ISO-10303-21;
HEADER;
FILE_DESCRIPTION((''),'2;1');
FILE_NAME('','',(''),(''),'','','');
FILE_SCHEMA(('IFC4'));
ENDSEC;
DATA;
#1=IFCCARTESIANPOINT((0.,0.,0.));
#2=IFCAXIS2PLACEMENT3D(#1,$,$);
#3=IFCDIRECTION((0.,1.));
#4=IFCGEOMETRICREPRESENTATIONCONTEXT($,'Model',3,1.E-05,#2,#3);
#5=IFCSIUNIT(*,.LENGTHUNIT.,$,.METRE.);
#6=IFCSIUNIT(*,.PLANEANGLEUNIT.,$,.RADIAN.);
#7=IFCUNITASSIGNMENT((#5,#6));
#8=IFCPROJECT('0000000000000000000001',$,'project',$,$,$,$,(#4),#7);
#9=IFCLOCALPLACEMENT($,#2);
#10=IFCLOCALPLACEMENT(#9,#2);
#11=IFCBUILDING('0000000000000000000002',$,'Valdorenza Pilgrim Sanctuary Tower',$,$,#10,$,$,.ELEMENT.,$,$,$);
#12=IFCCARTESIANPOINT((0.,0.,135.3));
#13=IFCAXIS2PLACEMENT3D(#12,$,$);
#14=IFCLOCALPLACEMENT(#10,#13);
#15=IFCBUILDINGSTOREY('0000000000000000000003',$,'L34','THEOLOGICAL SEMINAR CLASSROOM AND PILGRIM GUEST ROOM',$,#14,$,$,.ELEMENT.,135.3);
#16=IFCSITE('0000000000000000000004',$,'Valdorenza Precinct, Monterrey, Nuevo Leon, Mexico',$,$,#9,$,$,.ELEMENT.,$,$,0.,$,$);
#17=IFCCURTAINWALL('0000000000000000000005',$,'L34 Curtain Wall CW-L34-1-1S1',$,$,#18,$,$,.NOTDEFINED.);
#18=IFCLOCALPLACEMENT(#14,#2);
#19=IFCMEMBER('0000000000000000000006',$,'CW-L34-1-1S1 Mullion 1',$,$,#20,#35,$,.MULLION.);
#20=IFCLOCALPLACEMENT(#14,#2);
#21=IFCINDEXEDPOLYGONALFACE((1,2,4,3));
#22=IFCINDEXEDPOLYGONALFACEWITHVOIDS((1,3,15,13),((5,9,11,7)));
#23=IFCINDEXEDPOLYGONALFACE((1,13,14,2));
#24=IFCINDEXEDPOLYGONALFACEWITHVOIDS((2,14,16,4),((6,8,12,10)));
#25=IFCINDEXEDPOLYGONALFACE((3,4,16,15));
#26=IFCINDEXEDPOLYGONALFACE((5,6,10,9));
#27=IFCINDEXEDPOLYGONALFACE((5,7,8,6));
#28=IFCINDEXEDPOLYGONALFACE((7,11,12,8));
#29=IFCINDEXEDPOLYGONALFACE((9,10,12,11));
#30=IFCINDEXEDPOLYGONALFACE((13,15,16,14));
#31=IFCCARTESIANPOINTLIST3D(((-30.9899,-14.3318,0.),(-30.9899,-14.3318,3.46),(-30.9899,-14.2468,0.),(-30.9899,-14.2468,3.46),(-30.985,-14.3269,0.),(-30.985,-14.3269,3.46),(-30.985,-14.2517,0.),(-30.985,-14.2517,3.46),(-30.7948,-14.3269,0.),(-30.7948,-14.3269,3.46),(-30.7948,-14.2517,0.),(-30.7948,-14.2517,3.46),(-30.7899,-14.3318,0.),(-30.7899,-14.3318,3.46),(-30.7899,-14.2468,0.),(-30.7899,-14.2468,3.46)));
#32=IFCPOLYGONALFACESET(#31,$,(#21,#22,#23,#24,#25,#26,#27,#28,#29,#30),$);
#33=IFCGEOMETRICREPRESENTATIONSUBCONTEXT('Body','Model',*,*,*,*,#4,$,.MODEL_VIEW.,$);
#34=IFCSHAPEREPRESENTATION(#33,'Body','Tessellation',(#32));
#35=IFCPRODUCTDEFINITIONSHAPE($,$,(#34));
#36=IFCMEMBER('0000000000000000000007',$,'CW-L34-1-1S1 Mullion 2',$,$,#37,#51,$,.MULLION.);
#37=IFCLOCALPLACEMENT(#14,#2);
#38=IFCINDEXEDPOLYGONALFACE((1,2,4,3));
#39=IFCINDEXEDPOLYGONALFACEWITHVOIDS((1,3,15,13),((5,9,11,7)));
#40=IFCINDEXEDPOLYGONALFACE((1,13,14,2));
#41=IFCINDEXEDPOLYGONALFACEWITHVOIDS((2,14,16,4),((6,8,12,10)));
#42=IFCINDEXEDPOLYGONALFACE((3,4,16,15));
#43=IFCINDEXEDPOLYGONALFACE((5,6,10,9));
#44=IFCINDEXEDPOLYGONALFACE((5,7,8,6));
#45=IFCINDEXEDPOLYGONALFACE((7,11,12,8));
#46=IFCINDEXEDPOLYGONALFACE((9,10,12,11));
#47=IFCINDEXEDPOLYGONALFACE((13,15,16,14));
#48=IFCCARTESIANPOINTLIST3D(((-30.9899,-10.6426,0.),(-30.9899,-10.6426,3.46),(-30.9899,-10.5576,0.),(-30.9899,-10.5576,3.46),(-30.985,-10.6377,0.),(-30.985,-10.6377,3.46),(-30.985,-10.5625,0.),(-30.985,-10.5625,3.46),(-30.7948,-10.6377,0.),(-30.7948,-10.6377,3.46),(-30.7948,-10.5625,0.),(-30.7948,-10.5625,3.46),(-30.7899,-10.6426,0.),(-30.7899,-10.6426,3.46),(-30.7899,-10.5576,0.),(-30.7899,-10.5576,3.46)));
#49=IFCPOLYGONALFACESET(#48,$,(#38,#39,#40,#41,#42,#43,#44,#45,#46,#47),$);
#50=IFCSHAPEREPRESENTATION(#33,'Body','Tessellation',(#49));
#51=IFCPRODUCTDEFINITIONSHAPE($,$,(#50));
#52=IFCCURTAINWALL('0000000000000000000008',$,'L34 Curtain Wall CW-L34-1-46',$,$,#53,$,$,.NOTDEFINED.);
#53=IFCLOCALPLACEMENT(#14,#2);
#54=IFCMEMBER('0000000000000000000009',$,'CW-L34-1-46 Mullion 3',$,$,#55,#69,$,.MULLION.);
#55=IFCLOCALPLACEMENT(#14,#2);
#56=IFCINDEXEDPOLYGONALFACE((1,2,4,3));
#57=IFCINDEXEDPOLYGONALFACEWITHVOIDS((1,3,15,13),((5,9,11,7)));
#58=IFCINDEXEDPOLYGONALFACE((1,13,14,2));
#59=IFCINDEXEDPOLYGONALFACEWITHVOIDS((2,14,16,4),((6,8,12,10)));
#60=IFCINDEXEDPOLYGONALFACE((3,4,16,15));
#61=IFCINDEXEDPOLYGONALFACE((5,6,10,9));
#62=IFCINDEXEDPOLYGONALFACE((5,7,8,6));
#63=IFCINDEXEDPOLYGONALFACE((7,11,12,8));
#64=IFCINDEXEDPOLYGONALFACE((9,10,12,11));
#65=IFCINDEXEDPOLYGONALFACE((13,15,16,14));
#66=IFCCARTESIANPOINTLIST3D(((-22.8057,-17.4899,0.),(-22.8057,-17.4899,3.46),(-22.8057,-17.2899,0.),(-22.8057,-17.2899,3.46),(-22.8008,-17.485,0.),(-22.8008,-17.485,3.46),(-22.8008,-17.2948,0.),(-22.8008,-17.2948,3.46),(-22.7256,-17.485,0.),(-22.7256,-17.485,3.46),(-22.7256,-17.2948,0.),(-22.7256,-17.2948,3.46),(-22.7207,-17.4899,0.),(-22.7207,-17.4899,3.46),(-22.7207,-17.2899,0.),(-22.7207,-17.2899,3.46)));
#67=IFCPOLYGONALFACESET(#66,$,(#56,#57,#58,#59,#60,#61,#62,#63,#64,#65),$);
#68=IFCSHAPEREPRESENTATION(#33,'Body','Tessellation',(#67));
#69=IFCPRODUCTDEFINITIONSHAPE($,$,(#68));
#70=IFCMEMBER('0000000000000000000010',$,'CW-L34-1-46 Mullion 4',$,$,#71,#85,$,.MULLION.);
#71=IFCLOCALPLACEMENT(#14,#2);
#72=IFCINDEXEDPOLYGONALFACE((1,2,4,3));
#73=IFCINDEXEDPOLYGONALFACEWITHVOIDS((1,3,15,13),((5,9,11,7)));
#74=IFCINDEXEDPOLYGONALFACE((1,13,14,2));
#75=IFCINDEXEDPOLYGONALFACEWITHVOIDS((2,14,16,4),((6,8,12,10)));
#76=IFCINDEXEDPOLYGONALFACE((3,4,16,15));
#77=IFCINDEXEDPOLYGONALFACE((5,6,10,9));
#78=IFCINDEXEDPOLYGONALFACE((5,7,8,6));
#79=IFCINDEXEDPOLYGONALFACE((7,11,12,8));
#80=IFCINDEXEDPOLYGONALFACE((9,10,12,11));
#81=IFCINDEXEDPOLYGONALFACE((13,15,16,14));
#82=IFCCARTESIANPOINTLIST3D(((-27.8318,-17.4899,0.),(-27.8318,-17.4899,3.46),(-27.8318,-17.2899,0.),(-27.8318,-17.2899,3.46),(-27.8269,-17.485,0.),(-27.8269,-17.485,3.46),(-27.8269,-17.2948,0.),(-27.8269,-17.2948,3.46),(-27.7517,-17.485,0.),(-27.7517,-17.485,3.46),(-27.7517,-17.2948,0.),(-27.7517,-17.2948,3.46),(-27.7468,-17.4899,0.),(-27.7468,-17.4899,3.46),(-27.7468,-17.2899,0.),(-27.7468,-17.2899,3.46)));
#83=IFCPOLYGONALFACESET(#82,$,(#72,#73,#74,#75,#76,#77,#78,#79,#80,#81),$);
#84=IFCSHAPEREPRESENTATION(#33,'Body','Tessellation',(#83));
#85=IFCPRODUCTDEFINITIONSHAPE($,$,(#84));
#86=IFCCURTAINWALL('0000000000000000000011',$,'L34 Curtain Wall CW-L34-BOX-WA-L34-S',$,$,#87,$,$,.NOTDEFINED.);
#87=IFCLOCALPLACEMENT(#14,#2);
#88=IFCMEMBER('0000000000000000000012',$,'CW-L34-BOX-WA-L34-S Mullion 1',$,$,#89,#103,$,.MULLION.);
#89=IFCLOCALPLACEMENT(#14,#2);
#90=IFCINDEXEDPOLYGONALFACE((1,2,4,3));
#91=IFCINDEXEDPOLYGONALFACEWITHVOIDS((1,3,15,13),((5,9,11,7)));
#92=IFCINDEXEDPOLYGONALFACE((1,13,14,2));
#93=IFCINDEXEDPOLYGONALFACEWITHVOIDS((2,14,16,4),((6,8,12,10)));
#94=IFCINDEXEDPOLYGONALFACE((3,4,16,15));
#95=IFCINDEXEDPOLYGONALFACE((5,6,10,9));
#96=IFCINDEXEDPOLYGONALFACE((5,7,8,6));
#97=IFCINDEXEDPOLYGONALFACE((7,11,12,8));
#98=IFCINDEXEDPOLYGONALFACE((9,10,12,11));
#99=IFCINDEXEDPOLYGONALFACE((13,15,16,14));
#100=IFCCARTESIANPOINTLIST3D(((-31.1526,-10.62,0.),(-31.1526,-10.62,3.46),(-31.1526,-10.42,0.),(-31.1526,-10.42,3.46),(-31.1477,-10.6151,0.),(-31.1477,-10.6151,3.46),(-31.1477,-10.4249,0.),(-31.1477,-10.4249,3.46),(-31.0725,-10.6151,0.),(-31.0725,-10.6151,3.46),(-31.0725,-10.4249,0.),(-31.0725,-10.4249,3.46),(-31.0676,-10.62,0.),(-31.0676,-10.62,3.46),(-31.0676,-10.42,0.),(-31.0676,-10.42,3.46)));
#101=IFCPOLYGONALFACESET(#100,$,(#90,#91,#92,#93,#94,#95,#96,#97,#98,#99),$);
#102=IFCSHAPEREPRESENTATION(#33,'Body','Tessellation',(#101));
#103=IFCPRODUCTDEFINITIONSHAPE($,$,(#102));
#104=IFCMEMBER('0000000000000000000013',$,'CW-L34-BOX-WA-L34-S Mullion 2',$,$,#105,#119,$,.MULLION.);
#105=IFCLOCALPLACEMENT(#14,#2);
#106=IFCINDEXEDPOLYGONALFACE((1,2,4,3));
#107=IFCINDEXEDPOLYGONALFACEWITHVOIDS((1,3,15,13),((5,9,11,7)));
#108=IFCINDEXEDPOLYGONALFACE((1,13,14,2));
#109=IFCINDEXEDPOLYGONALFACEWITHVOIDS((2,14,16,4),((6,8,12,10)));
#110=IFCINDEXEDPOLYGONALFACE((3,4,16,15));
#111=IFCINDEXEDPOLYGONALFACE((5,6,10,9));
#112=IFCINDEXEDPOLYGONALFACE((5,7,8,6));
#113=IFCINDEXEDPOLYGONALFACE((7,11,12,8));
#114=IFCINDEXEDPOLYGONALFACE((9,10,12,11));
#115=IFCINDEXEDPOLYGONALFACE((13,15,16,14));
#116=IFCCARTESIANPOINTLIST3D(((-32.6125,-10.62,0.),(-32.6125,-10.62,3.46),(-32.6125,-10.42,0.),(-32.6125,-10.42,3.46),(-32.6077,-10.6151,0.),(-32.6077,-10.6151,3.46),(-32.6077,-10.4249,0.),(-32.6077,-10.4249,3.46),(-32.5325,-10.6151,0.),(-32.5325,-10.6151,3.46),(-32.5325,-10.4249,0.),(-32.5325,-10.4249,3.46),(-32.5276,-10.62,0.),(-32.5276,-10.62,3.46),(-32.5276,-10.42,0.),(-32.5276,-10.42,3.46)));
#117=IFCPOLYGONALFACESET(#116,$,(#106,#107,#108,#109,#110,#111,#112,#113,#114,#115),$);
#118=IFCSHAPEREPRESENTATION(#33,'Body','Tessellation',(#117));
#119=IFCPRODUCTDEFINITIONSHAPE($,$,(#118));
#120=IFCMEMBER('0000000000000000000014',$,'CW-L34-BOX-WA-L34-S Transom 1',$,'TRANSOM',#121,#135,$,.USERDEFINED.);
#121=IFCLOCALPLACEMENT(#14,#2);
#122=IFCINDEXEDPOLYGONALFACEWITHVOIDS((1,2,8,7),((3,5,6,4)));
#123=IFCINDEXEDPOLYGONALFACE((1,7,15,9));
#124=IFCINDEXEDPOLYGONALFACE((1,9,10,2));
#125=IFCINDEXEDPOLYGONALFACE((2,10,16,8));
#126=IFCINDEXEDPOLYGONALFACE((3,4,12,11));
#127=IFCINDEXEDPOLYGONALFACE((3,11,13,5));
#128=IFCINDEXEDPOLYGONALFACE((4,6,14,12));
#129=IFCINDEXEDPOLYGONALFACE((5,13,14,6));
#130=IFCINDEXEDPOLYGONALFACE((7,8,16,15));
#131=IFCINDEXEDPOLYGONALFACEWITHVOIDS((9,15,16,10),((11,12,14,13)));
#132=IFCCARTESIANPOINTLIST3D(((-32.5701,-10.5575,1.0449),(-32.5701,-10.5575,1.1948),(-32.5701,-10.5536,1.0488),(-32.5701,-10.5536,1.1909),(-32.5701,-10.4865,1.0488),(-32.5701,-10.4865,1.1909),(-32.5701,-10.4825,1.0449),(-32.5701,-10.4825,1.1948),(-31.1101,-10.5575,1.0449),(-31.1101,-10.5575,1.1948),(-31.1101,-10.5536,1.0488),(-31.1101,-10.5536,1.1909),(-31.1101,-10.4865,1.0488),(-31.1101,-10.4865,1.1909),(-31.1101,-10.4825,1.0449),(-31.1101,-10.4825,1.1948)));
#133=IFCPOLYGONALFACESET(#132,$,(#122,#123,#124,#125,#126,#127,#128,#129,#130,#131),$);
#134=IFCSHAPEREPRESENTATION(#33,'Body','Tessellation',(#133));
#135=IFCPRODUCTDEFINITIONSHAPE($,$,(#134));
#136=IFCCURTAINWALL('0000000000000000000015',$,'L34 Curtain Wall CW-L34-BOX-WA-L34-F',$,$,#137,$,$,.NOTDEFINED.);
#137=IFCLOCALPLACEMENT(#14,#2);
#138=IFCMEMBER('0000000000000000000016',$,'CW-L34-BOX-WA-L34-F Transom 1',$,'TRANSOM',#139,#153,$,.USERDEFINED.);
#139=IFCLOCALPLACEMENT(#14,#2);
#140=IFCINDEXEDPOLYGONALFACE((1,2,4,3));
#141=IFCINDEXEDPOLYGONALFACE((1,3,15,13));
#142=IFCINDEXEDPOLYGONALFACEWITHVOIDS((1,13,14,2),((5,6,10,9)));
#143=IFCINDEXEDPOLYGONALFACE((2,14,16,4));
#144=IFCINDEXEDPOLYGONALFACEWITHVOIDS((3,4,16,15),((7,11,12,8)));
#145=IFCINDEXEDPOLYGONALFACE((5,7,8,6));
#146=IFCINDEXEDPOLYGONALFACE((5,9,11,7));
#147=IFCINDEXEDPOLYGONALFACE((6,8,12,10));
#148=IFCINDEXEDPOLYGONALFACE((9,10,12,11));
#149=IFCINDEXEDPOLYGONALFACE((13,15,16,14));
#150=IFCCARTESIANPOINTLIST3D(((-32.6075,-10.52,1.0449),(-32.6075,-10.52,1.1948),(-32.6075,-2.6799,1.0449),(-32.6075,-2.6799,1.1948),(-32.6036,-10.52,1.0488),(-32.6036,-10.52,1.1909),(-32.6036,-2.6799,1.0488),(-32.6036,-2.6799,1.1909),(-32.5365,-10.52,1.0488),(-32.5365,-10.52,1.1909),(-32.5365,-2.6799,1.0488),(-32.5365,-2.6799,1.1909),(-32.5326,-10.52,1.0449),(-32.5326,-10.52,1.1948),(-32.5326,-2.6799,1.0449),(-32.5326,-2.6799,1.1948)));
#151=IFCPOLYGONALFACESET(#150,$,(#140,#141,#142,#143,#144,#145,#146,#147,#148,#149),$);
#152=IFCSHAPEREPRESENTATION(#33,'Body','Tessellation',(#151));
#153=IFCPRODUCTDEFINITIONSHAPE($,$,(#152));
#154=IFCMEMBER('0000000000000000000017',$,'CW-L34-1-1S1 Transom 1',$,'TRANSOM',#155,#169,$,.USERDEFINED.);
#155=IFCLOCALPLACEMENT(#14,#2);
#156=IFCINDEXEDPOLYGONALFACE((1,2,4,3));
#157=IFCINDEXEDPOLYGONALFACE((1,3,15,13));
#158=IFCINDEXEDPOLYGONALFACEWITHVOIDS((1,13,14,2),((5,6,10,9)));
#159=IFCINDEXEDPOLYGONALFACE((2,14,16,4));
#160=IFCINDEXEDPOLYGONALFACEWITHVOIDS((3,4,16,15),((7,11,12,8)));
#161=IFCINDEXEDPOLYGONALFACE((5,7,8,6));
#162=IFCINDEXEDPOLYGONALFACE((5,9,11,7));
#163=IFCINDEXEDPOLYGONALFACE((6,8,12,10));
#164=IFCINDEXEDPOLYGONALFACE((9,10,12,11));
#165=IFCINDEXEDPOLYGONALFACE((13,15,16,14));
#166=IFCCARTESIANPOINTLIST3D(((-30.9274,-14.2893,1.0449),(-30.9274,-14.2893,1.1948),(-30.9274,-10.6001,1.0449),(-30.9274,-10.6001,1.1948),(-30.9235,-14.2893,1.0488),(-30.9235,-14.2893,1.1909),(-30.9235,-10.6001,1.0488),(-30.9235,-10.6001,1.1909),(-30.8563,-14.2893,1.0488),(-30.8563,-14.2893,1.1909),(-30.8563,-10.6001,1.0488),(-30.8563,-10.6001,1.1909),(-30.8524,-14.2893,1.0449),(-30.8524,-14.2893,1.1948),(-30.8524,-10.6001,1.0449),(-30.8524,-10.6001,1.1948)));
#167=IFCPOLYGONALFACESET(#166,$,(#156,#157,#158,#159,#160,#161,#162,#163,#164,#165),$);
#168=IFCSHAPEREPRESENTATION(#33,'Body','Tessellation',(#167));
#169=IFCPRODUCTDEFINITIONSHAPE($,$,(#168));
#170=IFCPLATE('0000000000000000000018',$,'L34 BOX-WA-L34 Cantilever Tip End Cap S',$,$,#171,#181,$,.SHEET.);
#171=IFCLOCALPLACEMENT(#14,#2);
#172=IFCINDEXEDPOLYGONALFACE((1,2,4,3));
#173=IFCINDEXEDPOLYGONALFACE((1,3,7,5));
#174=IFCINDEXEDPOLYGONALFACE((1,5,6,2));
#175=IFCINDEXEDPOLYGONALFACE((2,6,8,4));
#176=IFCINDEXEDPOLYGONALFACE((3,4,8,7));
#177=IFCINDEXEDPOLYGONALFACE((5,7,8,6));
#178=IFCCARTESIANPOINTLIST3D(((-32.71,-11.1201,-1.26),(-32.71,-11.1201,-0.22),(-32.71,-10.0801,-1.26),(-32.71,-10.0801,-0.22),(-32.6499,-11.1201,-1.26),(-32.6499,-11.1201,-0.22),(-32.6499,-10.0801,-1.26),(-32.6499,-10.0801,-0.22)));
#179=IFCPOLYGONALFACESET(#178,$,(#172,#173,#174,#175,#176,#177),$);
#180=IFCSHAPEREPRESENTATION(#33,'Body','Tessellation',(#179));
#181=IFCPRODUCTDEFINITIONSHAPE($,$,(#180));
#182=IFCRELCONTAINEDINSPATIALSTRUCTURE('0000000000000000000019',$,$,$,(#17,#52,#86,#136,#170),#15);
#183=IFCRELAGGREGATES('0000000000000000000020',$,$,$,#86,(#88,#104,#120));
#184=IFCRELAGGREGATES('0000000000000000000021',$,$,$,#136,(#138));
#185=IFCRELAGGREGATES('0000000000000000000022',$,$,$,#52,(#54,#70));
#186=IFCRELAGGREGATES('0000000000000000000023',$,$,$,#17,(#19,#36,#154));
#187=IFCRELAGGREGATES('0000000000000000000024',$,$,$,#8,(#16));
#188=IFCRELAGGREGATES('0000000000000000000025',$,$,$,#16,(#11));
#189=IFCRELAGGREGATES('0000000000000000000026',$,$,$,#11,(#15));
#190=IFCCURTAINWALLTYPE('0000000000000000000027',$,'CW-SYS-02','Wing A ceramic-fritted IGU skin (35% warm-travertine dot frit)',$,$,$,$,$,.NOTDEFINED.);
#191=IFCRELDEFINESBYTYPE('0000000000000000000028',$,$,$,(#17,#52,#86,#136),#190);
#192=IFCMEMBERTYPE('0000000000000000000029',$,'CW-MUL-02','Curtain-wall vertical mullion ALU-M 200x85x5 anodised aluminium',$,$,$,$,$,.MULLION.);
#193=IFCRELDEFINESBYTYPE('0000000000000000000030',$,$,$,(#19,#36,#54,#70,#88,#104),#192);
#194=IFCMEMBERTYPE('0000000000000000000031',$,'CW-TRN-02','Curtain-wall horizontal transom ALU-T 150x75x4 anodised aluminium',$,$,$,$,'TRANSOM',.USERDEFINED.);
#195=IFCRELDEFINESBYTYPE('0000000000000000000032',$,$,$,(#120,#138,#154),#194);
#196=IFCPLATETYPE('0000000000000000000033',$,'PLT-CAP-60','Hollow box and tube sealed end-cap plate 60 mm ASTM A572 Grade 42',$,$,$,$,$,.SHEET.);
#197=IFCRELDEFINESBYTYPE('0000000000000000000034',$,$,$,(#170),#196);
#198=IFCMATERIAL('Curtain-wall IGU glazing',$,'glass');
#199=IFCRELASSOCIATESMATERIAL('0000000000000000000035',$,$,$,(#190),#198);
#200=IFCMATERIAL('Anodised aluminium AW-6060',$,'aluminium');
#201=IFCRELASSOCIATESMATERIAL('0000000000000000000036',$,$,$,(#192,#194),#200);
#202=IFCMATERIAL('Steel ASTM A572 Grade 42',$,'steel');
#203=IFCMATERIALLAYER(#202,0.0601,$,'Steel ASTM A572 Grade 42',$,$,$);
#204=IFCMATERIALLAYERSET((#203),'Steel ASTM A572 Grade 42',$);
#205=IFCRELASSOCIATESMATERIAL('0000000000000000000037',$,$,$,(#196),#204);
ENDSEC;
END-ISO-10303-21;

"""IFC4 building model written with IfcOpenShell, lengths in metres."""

from ifc_helpers import new_model, si_unit, direction, frame, origin, origin_2d, place, context, subcontext, project, spatial, rectangle, hollow_rectangle, extrude, source, transform, mapped, material, layer, layer_set, material_profile, profile_set, type_object, element, aggregate, save


model = new_model("IFC4")

# Units and contexts
model_context = context("Model", 3, precision=1e-05, world=origin(), true_north=direction((0.0, 1.0)))
body_context = subcontext(model_context, "Body", "Model", "MODEL_VIEW")
ifc_project = project(units=[si_unit("LENGTHUNIT", "METRE"), si_unit("PLANEANGLEUNIT", "RADIAN")], contexts=[model_context])

# Site, building, storey
site_placement = place(None, origin())
site = spatial("IfcSite", under=ifc_project, at=site_placement, Name="Valdorenza Precinct, Monterrey, Nuevo Leon, Mexico", CompositionType="ELEMENT", RefElevation=0.0)
building_placement = place(site_placement, origin())
building = spatial("IfcBuilding", under=site, at=building_placement, Name="Valdorenza Pilgrim Sanctuary Tower", CompositionType="ELEMENT")
storey_placement = place(building_placement, frame((0.0, 0.0, 135.3)))
storey = spatial("IfcBuildingStorey", under=building, at=storey_placement, Name="L34", Description="THEOLOGICAL SEMINAR CLASSROOM AND PILGRIM GUEST ROOM", CompositionType="ELEMENT", Elevation=135.3)

# Shared definitions
ifc_material_1 = material(Name="Steel ASTM A572 Grade 42", Category="steel")

# Curtain walls, members
ifc_material_2 = material(Name="Curtain-wall IGU glazing", Category="glass")
curtain_wall_type = type_object("IfcCurtainWallType", Name="CW-SYS-02", Description="Wing A ceramic-fritted IGU skin (35% warm-travertine dot frit)", PredefinedType="NOTDEFINED", material=ifc_material_2)
curtain_wall_1_placement = place(storey_placement, origin())
curtain_wall_1 = element("IfcCurtainWall", 1, at=curtain_wall_1_placement, inside=storey, type_object=curtain_wall_type, Name="L34 Curtain Wall CW-L34-1-1S1", PredefinedType="NOTDEFINED")
ifc_material_3 = material(Name="Anodised aluminium AW-6060", Category="aluminium")
ifc_material_profile_1 = material_profile(ifc_material_3, hollow_rectangle(XDim=0.085, YDim=0.2, WallThickness=0.0049, at=origin_2d()), Name="ALU-M 200x85x5")
ifc_profile_set_1 = profile_set([ifc_material_profile_1], Name="Anodised aluminium AW-6060")
member_type_1 = type_object("IfcMemberType", Name="CW-MUL-02", Description="Curtain-wall vertical mullion ALU-M 200x85x5 anodised aluminium", PredefinedType="MULLION", material=ifc_profile_set_1)
shared_shape_1 = source(origin(), body_context, "Body", "SweptSolid", [
    extrude(hollow_rectangle(XDim=0.085, YDim=0.2, WallThickness=0.0049, at=origin_2d()), origin(), (0.0, 0.0, 1.0), 3.46),
])
member_1_placement = place(storey_placement, frame((-30.8899, -14.2893, 0.0), z_axis=(0.0, 0.0, 1.0), x_axis=(0.0, 1.0, 0.0)))
member_1 = element("IfcMember", 2, at=member_1_placement, type_object=member_type_1, Name="CW-L34-1-1S1 Mullion 1", PredefinedType="MULLION", context=body_context, shape_type="MappedRepresentation", body=[
    mapped(shared_shape_1, transform((0.0, 0.0, 0.0), x_axis=(1.0, 0.0, 0.0), y_axis=(0.0, 1.0, 0.0), z_axis=(0.0, 0.0, 1.0), scale=1.0)),
])
member_2_placement = place(storey_placement, frame((-30.8899, -10.6001, 0.0), z_axis=(0.0, 0.0, 1.0), x_axis=(0.0, 1.0, 0.0)))
member_2 = element("IfcMember", 3, at=member_2_placement, type_object=member_type_1, Name="CW-L34-1-1S1 Mullion 2", PredefinedType="MULLION", context=body_context, shape_type="MappedRepresentation", body=[
    mapped(shared_shape_1, transform((0.0, 0.0, 0.0), x_axis=(1.0, 0.0, 0.0), y_axis=(0.0, 1.0, 0.0), z_axis=(0.0, 0.0, 1.0), scale=1.0)),
])
curtain_wall_2_placement = place(storey_placement, origin())
curtain_wall_2 = element("IfcCurtainWall", 4, at=curtain_wall_2_placement, inside=storey, type_object=curtain_wall_type, Name="L34 Curtain Wall CW-L34-1-46", PredefinedType="NOTDEFINED")
member_3_placement = place(storey_placement, frame((-22.7632, -17.3899, 0.0), z_axis=(0.0, 0.0, 1.0), x_axis=(-1.0, 0.0, 0.0)))
member_3 = element("IfcMember", 5, at=member_3_placement, type_object=member_type_1, Name="CW-L34-1-46 Mullion 3", PredefinedType="MULLION", context=body_context, shape_type="MappedRepresentation", body=[
    mapped(shared_shape_1, transform((0.0, 0.0, 0.0), x_axis=(1.0, 0.0, 0.0), y_axis=(0.0, 1.0, 0.0), z_axis=(0.0, 0.0, 1.0), scale=1.0)),
])
member_4_placement = place(storey_placement, frame((-27.7893, -17.3899, 0.0), z_axis=(0.0, 0.0, 1.0), x_axis=(-1.0, 0.0, 0.0)))
member_4 = element("IfcMember", 6, at=member_4_placement, type_object=member_type_1, Name="CW-L34-1-46 Mullion 4", PredefinedType="MULLION", context=body_context, shape_type="MappedRepresentation", body=[
    mapped(shared_shape_1, transform((0.0, 0.0, 0.0), x_axis=(1.0, 0.0, 0.0), y_axis=(0.0, 1.0, 0.0), z_axis=(0.0, 0.0, 1.0), scale=1.0)),
])
curtain_wall_3_placement = place(storey_placement, origin())
curtain_wall_3 = element("IfcCurtainWall", 7, at=curtain_wall_3_placement, inside=storey, type_object=curtain_wall_type, Name="L34 Curtain Wall CW-L34-BOX-WA-L34-S", PredefinedType="NOTDEFINED")
member_5_placement = place(storey_placement, frame((-31.1101, -10.52, 0.0), z_axis=(0.0, 0.0, 1.0), x_axis=(-1.0, 0.0, 0.0)))
member_5 = element("IfcMember", 8, at=member_5_placement, type_object=member_type_1, Name="CW-L34-BOX-WA-L34-S Mullion 1", PredefinedType="MULLION", context=body_context, shape_type="MappedRepresentation", body=[
    mapped(shared_shape_1, transform((0.0, 0.0, 0.0), x_axis=(1.0, 0.0, 0.0), y_axis=(0.0, 1.0, 0.0), z_axis=(0.0, 0.0, 1.0), scale=1.0)),
])
member_6_placement = place(storey_placement, frame((-32.5701, -10.52, 0.0), z_axis=(0.0, 0.0, 1.0), x_axis=(-1.0, 0.0, 0.0)))
member_6 = element("IfcMember", 9, at=member_6_placement, type_object=member_type_1, Name="CW-L34-BOX-WA-L34-S Mullion 2", PredefinedType="MULLION", context=body_context, shape_type="MappedRepresentation", body=[
    mapped(shared_shape_1, transform((0.0, 0.0, 0.0), x_axis=(1.0, 0.0, 0.0), y_axis=(0.0, 1.0, 0.0), z_axis=(0.0, 0.0, 1.0), scale=1.0)),
])
ifc_material_profile_2 = material_profile(ifc_material_3, hollow_rectangle(XDim=0.075, YDim=0.1499, WallThickness=0.0039, at=origin_2d()), Name="ALU-T 150x75x4")
ifc_profile_set_2 = profile_set([ifc_material_profile_2], Name="Anodised aluminium AW-6060")
member_type_2 = type_object("IfcMemberType", Name="CW-TRN-02", Description="Curtain-wall horizontal transom ALU-T 150x75x4 anodised aluminium", ElementType="TRANSOM", PredefinedType="USERDEFINED", material=ifc_profile_set_2)
shared_shape_2 = source(origin(), body_context, "Body", "SweptSolid", [
    extrude(hollow_rectangle(XDim=0.075, YDim=0.1499, WallThickness=0.0039, at=origin_2d()), origin(), (0.0, 0.0, 1.0), 1.46),
])
member_7_placement = place(storey_placement, frame((-31.1101, -10.52, 1.1199), z_axis=(-1.0, 0.0, 0.0), x_axis=(0.0, -1.0, 0.0)))
member_7 = element("IfcMember", 10, at=member_7_placement, type_object=member_type_2, Name="CW-L34-BOX-WA-L34-S Transom 1", ObjectType="TRANSOM", PredefinedType="USERDEFINED", context=body_context, shape_type="MappedRepresentation", body=[
    mapped(shared_shape_2, transform((0.0, 0.0, 0.0), x_axis=(1.0, 0.0, 0.0), y_axis=(0.0, 1.0, 0.0), z_axis=(0.0, 0.0, 1.0), scale=1.0)),
])

# Curtain wall, member
curtain_wall_4_placement = place(storey_placement, origin())
curtain_wall_4 = element("IfcCurtainWall", 11, at=curtain_wall_4_placement, inside=storey, type_object=curtain_wall_type, Name="L34 Curtain Wall CW-L34-BOX-WA-L34-F", PredefinedType="NOTDEFINED")
shared_shape_3 = source(origin(), body_context, "Body", "SweptSolid", [
    extrude(hollow_rectangle(XDim=0.075, YDim=0.1499, WallThickness=0.0039, at=origin_2d()), origin(), (0.0, 0.0, 1.0), 7.8401),
])
member_8_placement = place(storey_placement, frame((-32.5701, -10.52, 1.1199), z_axis=(0.0, 1.0, 0.0), x_axis=(-1.0, 0.0, 0.0)))
member_8 = element("IfcMember", 12, at=member_8_placement, type_object=member_type_2, Name="CW-L34-BOX-WA-L34-F Transom 1", ObjectType="TRANSOM", PredefinedType="USERDEFINED", context=body_context, shape_type="MappedRepresentation", body=[
    mapped(shared_shape_3, transform((0.0, 0.0, 0.0), x_axis=(1.0, 0.0, 0.0), y_axis=(0.0, 1.0, 0.0), z_axis=(0.0, 0.0, 1.0), scale=1.0)),
])

# Member
shared_shape_4 = source(origin(), body_context, "Body", "SweptSolid", [
    extrude(hollow_rectangle(XDim=0.075, YDim=0.1499, WallThickness=0.0039, at=origin_2d()), origin(), (0.0, 0.0, 1.0), 3.6892),
])
member_9_placement = place(storey_placement, frame((-30.8899, -14.2893, 1.1199), z_axis=(0.0, 1.0, 0.0), x_axis=(-1.0, 0.0, 0.0)))
member_9 = element("IfcMember", 13, at=member_9_placement, type_object=member_type_2, Name="CW-L34-1-1S1 Transom 1", ObjectType="TRANSOM", PredefinedType="USERDEFINED", context=body_context, shape_type="MappedRepresentation", body=[
    mapped(shared_shape_4, transform((0.0, 0.0, 0.0), x_axis=(1.0, 0.0, 0.0), y_axis=(0.0, 1.0, 0.0), z_axis=(0.0, 0.0, 1.0), scale=1.0)),
])

# Plate
ifc_layer_1 = layer(ifc_material_1, 0.0601, Name="Steel ASTM A572 Grade 42")
ifc_layer_set_1 = layer_set([ifc_layer_1], Name="Steel ASTM A572 Grade 42")
plate_type_1 = type_object("IfcPlateType", Name="PLT-CAP-60", Description="Hollow box and tube sealed end-cap plate 60 mm ASTM A572 Grade 42", PredefinedType="SHEET", material=ifc_layer_set_1)
shared_shape_5 = source(origin(), body_context, "Body", "SweptSolid", [
    extrude(rectangle(XDim=0.0601, YDim=1.04, at=origin_2d()), origin(), (0.0, 0.0, 1.0), 1.04),
])
plate_1_placement = place(storey_placement, frame((-32.6799, -10.6001, -1.26), z_axis=(0.0, 0.0, 1.0), x_axis=(1.0, 0.0, 0.0)))
element("IfcPlate", 14, at=plate_1_placement, inside=storey, type_object=plate_type_1, Name="L34 BOX-WA-L34 Cantilever Tip End Cap S", PredefinedType="SHEET", context=body_context, shape_type="MappedRepresentation", body=[
    mapped(shared_shape_5, transform((0.0, 0.0, 0.0), x_axis=(1.0, 0.0, 0.0), y_axis=(0.0, 1.0, 0.0), z_axis=(0.0, 0.0, 1.0), scale=1.0)),
])
aggregate(curtain_wall_3, [member_5, member_6, member_7])
aggregate(curtain_wall_4, [member_8])
aggregate(curtain_wall_2, [member_3, member_4])
aggregate(curtain_wall_1, [member_1, member_2, member_9])

save(model, "model.ifc")
